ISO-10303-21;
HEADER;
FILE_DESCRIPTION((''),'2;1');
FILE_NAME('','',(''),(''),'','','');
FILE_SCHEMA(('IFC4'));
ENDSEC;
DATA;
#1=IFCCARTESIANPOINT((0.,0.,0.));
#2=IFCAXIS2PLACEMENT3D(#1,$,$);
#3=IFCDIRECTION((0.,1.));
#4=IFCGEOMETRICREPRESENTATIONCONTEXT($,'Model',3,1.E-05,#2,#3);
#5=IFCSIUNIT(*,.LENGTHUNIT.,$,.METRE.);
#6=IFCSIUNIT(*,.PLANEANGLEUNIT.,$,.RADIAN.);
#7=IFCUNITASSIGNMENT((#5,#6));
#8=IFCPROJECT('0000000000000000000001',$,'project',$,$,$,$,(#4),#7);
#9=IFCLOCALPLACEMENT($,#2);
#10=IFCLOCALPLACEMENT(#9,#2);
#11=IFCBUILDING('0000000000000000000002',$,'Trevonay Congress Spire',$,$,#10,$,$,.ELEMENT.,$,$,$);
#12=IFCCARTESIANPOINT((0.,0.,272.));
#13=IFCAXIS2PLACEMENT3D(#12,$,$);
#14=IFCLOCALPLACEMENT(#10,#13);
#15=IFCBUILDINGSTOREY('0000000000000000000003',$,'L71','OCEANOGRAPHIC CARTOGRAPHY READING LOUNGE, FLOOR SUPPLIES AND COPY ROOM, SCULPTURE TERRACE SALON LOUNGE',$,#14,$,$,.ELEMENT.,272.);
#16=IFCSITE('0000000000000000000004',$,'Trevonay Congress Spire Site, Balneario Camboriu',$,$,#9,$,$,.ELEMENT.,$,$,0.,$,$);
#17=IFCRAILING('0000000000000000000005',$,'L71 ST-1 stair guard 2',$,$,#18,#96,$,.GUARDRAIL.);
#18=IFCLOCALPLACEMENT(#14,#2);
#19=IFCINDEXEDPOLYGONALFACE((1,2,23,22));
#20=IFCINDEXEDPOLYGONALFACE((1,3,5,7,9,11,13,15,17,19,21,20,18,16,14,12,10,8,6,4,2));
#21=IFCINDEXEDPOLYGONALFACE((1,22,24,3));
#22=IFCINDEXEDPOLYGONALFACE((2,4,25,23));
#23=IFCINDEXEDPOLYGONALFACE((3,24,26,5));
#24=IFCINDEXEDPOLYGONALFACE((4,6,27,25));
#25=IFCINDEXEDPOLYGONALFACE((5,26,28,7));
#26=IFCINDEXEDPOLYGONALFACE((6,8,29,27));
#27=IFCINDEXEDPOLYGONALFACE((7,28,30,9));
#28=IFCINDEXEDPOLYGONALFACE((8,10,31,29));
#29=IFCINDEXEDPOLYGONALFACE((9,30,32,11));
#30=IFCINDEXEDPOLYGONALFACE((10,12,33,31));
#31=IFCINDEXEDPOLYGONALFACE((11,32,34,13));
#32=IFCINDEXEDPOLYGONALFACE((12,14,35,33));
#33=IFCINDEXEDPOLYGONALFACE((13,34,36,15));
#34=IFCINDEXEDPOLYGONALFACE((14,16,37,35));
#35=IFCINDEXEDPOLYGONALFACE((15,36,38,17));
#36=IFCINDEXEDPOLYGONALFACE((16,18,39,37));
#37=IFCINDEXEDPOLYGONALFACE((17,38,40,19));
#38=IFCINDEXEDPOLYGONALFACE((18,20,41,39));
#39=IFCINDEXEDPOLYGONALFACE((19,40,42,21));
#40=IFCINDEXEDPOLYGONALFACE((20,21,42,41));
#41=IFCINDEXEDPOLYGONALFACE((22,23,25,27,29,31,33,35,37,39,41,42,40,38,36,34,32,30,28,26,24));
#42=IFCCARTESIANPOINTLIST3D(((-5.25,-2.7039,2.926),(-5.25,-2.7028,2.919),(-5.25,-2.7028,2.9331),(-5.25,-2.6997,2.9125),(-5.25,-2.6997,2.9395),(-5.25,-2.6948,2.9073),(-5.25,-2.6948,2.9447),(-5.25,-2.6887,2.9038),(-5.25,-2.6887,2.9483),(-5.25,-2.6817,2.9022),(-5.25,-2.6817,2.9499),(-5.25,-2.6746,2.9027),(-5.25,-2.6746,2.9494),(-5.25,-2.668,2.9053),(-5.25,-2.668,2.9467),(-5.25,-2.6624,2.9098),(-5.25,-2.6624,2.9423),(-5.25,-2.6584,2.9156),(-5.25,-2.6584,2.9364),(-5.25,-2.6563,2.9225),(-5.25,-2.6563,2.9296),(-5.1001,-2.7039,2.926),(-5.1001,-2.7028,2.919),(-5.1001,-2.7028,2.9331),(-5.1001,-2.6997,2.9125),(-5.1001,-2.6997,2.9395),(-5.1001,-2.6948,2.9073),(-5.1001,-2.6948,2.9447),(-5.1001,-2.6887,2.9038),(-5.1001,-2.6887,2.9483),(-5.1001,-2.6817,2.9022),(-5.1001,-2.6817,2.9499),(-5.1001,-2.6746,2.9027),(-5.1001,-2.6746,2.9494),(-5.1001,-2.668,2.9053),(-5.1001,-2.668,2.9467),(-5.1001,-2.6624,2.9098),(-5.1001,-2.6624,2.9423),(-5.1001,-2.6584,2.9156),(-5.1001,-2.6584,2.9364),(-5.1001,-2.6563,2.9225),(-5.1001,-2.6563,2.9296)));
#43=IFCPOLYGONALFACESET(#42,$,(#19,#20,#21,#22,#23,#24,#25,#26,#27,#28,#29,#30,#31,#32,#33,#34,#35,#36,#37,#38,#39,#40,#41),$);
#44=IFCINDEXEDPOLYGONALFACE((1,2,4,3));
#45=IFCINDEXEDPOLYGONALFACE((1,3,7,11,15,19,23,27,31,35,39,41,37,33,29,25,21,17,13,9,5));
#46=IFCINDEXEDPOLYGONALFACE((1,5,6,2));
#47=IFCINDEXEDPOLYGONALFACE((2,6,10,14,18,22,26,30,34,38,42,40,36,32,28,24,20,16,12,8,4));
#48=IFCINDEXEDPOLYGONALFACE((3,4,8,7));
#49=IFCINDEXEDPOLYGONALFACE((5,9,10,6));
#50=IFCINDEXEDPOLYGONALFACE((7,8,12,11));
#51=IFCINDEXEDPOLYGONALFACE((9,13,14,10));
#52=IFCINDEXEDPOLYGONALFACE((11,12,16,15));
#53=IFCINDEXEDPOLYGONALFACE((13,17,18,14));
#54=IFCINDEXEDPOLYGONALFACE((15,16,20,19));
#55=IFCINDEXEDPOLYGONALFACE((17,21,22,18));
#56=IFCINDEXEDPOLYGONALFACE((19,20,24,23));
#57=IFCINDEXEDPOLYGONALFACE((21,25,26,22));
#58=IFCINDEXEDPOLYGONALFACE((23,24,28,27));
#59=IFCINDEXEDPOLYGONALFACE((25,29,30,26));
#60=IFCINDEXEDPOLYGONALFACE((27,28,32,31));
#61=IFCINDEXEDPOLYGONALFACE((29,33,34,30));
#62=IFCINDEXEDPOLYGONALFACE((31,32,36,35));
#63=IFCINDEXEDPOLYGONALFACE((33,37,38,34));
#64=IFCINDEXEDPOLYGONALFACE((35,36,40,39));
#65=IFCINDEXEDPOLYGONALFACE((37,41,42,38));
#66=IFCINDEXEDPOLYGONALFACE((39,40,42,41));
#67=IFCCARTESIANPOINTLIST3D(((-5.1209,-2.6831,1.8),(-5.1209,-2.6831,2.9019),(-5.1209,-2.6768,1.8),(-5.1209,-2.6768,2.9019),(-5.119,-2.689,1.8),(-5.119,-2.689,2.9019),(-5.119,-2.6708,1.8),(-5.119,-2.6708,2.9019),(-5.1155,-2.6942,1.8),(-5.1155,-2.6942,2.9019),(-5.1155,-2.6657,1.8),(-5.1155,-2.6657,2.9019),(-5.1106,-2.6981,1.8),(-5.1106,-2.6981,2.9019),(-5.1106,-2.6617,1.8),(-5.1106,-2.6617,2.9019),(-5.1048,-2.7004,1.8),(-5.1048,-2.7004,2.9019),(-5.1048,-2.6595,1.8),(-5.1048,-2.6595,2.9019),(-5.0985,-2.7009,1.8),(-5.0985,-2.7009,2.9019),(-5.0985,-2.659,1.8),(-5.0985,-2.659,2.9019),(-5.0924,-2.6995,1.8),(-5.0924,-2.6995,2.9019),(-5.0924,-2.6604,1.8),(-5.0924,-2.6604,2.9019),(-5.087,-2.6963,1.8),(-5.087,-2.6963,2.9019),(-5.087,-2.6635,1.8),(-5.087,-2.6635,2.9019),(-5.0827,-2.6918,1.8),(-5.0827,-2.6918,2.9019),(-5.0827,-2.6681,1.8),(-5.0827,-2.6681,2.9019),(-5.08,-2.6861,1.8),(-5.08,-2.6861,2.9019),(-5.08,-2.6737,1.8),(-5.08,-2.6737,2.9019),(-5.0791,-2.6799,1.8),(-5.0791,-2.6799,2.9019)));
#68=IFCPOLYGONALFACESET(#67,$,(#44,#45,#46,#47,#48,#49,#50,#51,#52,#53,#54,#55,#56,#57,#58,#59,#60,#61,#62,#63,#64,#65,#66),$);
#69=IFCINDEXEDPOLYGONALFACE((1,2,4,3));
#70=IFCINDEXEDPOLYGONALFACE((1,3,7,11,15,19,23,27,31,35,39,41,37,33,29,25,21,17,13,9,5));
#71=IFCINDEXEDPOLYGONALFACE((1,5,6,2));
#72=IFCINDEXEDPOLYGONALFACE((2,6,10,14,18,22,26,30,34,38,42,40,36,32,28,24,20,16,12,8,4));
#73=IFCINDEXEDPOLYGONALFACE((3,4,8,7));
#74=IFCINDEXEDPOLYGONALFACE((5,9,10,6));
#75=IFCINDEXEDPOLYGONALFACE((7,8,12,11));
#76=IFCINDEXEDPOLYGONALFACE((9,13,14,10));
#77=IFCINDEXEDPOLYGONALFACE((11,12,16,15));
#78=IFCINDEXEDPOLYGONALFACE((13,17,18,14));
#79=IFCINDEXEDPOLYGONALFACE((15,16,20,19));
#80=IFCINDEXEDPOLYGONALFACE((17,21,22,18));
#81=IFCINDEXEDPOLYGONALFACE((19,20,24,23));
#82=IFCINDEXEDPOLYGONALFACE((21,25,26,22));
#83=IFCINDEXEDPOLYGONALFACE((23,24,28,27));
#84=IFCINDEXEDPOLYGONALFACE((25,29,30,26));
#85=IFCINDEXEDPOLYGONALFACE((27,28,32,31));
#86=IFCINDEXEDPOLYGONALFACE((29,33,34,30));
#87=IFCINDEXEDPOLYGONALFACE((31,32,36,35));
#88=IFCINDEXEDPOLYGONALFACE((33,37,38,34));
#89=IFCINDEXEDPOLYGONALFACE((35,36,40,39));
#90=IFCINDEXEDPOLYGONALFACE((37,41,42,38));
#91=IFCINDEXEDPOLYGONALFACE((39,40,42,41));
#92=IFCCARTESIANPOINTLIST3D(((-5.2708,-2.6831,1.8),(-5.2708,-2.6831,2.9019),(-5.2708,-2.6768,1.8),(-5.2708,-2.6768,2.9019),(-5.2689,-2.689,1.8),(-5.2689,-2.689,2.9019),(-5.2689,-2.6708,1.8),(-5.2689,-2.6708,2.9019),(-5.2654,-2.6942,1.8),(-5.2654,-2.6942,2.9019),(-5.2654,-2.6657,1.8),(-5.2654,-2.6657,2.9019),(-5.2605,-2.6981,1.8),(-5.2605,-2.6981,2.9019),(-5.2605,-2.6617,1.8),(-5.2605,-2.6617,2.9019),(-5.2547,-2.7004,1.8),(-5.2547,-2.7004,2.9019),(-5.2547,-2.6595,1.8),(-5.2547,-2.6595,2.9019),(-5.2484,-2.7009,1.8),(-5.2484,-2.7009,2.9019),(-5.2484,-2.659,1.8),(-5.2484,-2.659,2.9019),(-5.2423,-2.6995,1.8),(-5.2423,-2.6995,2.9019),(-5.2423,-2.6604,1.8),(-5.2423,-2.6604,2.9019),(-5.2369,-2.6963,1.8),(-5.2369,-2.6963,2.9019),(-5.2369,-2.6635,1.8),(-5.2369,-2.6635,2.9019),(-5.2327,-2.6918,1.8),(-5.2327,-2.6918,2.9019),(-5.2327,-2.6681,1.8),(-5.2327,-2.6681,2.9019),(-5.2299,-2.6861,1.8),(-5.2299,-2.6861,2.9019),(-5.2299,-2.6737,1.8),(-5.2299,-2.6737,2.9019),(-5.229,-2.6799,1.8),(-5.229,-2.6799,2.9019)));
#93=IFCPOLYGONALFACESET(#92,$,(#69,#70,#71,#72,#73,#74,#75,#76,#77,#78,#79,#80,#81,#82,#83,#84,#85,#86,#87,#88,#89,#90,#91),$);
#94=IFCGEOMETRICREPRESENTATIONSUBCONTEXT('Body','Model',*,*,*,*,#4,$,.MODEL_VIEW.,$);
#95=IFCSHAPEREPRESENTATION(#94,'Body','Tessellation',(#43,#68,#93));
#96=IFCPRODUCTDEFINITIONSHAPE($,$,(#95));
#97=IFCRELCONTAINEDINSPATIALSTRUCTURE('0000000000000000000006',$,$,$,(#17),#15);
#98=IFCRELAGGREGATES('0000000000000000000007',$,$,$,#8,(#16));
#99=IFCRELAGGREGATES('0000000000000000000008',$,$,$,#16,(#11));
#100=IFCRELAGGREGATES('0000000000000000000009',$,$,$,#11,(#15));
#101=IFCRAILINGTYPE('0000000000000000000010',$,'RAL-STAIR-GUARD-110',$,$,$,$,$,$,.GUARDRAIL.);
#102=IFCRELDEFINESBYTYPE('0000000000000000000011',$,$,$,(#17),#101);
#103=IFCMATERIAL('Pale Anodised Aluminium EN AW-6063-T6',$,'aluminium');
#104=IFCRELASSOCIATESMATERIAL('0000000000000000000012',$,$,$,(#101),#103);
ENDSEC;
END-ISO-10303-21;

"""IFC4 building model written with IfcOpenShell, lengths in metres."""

from ifc_helpers import new_model, si_unit, direction, frame, origin, origin_2d, place, context, subcontext, project, spatial, circle, extrude, material, type_object, element, save


model = new_model("IFC4")

# Units and contexts
model_context = context("Model", 3, precision=1e-05, world=origin(), true_north=direction((0.0, 1.0)))
body_context = subcontext(model_context, "Body", "Model", "MODEL_VIEW")
ifc_project = project(units=[si_unit("LENGTHUNIT", "METRE"), si_unit("PLANEANGLEUNIT", "RADIAN")], contexts=[model_context])

# Site, building, storey
site_placement = place(None, origin())
site = spatial("IfcSite", under=ifc_project, at=site_placement, Name="Trevonay Congress Spire Site, Balneario Camboriu", CompositionType="ELEMENT", RefElevation=0.0)
building_placement = place(site_placement, origin())
building = spatial("IfcBuilding", under=site, at=building_placement, Name="Trevonay Congress Spire", CompositionType="ELEMENT")
storey_placement = place(building_placement, frame((0.0, 0.0, 272.0)))
storey = spatial("IfcBuildingStorey", under=building, at=storey_placement, Name="L71", Description="OCEANOGRAPHIC CARTOGRAPHY READING LOUNGE, FLOOR SUPPLIES AND COPY ROOM, SCULPTURE TERRACE SALON LOUNGE", CompositionType="ELEMENT", Elevation=272.0)

# Shared definitions
ifc_material_1 = material(Name="Pale Anodised Aluminium EN AW-6063-T6", Category="aluminium")

# Railing
railing_type_1 = type_object("IfcRailingType", Name="RAL-STAIR-GUARD-110", PredefinedType="GUARDRAIL", material=ifc_material_1)
railing_1_placement = place(storey_placement, frame((-5.1001, -2.6799, 1.8)))
element("IfcRailing", 1, at=railing_1_placement, inside=storey, type_object=railing_type_1, Name="L71 ST-1 stair guard 2", PredefinedType="GUARDRAIL", context=body_context, shape_type="SweptSolid", body=[
    extrude(circle(Radius=0.0239, at=origin_2d()), frame((0.0, 0.0, 1.126), z_axis=(-1.0, 0.0, 0.0), x_axis=(0.0, -1.0, 0.0)), (0.0, 0.0, 1.0), 0.1499),
    extrude(circle(Radius=0.021, at=origin_2d()), origin(), (0.0, 0.0, 1.0), 1.1018),
    extrude(circle(Radius=0.021, at=origin_2d()), frame((-0.1499, 0.0, 0.0)), (0.0, 0.0, 1.0), 1.1018),
])

save(model, "model.ifc")
